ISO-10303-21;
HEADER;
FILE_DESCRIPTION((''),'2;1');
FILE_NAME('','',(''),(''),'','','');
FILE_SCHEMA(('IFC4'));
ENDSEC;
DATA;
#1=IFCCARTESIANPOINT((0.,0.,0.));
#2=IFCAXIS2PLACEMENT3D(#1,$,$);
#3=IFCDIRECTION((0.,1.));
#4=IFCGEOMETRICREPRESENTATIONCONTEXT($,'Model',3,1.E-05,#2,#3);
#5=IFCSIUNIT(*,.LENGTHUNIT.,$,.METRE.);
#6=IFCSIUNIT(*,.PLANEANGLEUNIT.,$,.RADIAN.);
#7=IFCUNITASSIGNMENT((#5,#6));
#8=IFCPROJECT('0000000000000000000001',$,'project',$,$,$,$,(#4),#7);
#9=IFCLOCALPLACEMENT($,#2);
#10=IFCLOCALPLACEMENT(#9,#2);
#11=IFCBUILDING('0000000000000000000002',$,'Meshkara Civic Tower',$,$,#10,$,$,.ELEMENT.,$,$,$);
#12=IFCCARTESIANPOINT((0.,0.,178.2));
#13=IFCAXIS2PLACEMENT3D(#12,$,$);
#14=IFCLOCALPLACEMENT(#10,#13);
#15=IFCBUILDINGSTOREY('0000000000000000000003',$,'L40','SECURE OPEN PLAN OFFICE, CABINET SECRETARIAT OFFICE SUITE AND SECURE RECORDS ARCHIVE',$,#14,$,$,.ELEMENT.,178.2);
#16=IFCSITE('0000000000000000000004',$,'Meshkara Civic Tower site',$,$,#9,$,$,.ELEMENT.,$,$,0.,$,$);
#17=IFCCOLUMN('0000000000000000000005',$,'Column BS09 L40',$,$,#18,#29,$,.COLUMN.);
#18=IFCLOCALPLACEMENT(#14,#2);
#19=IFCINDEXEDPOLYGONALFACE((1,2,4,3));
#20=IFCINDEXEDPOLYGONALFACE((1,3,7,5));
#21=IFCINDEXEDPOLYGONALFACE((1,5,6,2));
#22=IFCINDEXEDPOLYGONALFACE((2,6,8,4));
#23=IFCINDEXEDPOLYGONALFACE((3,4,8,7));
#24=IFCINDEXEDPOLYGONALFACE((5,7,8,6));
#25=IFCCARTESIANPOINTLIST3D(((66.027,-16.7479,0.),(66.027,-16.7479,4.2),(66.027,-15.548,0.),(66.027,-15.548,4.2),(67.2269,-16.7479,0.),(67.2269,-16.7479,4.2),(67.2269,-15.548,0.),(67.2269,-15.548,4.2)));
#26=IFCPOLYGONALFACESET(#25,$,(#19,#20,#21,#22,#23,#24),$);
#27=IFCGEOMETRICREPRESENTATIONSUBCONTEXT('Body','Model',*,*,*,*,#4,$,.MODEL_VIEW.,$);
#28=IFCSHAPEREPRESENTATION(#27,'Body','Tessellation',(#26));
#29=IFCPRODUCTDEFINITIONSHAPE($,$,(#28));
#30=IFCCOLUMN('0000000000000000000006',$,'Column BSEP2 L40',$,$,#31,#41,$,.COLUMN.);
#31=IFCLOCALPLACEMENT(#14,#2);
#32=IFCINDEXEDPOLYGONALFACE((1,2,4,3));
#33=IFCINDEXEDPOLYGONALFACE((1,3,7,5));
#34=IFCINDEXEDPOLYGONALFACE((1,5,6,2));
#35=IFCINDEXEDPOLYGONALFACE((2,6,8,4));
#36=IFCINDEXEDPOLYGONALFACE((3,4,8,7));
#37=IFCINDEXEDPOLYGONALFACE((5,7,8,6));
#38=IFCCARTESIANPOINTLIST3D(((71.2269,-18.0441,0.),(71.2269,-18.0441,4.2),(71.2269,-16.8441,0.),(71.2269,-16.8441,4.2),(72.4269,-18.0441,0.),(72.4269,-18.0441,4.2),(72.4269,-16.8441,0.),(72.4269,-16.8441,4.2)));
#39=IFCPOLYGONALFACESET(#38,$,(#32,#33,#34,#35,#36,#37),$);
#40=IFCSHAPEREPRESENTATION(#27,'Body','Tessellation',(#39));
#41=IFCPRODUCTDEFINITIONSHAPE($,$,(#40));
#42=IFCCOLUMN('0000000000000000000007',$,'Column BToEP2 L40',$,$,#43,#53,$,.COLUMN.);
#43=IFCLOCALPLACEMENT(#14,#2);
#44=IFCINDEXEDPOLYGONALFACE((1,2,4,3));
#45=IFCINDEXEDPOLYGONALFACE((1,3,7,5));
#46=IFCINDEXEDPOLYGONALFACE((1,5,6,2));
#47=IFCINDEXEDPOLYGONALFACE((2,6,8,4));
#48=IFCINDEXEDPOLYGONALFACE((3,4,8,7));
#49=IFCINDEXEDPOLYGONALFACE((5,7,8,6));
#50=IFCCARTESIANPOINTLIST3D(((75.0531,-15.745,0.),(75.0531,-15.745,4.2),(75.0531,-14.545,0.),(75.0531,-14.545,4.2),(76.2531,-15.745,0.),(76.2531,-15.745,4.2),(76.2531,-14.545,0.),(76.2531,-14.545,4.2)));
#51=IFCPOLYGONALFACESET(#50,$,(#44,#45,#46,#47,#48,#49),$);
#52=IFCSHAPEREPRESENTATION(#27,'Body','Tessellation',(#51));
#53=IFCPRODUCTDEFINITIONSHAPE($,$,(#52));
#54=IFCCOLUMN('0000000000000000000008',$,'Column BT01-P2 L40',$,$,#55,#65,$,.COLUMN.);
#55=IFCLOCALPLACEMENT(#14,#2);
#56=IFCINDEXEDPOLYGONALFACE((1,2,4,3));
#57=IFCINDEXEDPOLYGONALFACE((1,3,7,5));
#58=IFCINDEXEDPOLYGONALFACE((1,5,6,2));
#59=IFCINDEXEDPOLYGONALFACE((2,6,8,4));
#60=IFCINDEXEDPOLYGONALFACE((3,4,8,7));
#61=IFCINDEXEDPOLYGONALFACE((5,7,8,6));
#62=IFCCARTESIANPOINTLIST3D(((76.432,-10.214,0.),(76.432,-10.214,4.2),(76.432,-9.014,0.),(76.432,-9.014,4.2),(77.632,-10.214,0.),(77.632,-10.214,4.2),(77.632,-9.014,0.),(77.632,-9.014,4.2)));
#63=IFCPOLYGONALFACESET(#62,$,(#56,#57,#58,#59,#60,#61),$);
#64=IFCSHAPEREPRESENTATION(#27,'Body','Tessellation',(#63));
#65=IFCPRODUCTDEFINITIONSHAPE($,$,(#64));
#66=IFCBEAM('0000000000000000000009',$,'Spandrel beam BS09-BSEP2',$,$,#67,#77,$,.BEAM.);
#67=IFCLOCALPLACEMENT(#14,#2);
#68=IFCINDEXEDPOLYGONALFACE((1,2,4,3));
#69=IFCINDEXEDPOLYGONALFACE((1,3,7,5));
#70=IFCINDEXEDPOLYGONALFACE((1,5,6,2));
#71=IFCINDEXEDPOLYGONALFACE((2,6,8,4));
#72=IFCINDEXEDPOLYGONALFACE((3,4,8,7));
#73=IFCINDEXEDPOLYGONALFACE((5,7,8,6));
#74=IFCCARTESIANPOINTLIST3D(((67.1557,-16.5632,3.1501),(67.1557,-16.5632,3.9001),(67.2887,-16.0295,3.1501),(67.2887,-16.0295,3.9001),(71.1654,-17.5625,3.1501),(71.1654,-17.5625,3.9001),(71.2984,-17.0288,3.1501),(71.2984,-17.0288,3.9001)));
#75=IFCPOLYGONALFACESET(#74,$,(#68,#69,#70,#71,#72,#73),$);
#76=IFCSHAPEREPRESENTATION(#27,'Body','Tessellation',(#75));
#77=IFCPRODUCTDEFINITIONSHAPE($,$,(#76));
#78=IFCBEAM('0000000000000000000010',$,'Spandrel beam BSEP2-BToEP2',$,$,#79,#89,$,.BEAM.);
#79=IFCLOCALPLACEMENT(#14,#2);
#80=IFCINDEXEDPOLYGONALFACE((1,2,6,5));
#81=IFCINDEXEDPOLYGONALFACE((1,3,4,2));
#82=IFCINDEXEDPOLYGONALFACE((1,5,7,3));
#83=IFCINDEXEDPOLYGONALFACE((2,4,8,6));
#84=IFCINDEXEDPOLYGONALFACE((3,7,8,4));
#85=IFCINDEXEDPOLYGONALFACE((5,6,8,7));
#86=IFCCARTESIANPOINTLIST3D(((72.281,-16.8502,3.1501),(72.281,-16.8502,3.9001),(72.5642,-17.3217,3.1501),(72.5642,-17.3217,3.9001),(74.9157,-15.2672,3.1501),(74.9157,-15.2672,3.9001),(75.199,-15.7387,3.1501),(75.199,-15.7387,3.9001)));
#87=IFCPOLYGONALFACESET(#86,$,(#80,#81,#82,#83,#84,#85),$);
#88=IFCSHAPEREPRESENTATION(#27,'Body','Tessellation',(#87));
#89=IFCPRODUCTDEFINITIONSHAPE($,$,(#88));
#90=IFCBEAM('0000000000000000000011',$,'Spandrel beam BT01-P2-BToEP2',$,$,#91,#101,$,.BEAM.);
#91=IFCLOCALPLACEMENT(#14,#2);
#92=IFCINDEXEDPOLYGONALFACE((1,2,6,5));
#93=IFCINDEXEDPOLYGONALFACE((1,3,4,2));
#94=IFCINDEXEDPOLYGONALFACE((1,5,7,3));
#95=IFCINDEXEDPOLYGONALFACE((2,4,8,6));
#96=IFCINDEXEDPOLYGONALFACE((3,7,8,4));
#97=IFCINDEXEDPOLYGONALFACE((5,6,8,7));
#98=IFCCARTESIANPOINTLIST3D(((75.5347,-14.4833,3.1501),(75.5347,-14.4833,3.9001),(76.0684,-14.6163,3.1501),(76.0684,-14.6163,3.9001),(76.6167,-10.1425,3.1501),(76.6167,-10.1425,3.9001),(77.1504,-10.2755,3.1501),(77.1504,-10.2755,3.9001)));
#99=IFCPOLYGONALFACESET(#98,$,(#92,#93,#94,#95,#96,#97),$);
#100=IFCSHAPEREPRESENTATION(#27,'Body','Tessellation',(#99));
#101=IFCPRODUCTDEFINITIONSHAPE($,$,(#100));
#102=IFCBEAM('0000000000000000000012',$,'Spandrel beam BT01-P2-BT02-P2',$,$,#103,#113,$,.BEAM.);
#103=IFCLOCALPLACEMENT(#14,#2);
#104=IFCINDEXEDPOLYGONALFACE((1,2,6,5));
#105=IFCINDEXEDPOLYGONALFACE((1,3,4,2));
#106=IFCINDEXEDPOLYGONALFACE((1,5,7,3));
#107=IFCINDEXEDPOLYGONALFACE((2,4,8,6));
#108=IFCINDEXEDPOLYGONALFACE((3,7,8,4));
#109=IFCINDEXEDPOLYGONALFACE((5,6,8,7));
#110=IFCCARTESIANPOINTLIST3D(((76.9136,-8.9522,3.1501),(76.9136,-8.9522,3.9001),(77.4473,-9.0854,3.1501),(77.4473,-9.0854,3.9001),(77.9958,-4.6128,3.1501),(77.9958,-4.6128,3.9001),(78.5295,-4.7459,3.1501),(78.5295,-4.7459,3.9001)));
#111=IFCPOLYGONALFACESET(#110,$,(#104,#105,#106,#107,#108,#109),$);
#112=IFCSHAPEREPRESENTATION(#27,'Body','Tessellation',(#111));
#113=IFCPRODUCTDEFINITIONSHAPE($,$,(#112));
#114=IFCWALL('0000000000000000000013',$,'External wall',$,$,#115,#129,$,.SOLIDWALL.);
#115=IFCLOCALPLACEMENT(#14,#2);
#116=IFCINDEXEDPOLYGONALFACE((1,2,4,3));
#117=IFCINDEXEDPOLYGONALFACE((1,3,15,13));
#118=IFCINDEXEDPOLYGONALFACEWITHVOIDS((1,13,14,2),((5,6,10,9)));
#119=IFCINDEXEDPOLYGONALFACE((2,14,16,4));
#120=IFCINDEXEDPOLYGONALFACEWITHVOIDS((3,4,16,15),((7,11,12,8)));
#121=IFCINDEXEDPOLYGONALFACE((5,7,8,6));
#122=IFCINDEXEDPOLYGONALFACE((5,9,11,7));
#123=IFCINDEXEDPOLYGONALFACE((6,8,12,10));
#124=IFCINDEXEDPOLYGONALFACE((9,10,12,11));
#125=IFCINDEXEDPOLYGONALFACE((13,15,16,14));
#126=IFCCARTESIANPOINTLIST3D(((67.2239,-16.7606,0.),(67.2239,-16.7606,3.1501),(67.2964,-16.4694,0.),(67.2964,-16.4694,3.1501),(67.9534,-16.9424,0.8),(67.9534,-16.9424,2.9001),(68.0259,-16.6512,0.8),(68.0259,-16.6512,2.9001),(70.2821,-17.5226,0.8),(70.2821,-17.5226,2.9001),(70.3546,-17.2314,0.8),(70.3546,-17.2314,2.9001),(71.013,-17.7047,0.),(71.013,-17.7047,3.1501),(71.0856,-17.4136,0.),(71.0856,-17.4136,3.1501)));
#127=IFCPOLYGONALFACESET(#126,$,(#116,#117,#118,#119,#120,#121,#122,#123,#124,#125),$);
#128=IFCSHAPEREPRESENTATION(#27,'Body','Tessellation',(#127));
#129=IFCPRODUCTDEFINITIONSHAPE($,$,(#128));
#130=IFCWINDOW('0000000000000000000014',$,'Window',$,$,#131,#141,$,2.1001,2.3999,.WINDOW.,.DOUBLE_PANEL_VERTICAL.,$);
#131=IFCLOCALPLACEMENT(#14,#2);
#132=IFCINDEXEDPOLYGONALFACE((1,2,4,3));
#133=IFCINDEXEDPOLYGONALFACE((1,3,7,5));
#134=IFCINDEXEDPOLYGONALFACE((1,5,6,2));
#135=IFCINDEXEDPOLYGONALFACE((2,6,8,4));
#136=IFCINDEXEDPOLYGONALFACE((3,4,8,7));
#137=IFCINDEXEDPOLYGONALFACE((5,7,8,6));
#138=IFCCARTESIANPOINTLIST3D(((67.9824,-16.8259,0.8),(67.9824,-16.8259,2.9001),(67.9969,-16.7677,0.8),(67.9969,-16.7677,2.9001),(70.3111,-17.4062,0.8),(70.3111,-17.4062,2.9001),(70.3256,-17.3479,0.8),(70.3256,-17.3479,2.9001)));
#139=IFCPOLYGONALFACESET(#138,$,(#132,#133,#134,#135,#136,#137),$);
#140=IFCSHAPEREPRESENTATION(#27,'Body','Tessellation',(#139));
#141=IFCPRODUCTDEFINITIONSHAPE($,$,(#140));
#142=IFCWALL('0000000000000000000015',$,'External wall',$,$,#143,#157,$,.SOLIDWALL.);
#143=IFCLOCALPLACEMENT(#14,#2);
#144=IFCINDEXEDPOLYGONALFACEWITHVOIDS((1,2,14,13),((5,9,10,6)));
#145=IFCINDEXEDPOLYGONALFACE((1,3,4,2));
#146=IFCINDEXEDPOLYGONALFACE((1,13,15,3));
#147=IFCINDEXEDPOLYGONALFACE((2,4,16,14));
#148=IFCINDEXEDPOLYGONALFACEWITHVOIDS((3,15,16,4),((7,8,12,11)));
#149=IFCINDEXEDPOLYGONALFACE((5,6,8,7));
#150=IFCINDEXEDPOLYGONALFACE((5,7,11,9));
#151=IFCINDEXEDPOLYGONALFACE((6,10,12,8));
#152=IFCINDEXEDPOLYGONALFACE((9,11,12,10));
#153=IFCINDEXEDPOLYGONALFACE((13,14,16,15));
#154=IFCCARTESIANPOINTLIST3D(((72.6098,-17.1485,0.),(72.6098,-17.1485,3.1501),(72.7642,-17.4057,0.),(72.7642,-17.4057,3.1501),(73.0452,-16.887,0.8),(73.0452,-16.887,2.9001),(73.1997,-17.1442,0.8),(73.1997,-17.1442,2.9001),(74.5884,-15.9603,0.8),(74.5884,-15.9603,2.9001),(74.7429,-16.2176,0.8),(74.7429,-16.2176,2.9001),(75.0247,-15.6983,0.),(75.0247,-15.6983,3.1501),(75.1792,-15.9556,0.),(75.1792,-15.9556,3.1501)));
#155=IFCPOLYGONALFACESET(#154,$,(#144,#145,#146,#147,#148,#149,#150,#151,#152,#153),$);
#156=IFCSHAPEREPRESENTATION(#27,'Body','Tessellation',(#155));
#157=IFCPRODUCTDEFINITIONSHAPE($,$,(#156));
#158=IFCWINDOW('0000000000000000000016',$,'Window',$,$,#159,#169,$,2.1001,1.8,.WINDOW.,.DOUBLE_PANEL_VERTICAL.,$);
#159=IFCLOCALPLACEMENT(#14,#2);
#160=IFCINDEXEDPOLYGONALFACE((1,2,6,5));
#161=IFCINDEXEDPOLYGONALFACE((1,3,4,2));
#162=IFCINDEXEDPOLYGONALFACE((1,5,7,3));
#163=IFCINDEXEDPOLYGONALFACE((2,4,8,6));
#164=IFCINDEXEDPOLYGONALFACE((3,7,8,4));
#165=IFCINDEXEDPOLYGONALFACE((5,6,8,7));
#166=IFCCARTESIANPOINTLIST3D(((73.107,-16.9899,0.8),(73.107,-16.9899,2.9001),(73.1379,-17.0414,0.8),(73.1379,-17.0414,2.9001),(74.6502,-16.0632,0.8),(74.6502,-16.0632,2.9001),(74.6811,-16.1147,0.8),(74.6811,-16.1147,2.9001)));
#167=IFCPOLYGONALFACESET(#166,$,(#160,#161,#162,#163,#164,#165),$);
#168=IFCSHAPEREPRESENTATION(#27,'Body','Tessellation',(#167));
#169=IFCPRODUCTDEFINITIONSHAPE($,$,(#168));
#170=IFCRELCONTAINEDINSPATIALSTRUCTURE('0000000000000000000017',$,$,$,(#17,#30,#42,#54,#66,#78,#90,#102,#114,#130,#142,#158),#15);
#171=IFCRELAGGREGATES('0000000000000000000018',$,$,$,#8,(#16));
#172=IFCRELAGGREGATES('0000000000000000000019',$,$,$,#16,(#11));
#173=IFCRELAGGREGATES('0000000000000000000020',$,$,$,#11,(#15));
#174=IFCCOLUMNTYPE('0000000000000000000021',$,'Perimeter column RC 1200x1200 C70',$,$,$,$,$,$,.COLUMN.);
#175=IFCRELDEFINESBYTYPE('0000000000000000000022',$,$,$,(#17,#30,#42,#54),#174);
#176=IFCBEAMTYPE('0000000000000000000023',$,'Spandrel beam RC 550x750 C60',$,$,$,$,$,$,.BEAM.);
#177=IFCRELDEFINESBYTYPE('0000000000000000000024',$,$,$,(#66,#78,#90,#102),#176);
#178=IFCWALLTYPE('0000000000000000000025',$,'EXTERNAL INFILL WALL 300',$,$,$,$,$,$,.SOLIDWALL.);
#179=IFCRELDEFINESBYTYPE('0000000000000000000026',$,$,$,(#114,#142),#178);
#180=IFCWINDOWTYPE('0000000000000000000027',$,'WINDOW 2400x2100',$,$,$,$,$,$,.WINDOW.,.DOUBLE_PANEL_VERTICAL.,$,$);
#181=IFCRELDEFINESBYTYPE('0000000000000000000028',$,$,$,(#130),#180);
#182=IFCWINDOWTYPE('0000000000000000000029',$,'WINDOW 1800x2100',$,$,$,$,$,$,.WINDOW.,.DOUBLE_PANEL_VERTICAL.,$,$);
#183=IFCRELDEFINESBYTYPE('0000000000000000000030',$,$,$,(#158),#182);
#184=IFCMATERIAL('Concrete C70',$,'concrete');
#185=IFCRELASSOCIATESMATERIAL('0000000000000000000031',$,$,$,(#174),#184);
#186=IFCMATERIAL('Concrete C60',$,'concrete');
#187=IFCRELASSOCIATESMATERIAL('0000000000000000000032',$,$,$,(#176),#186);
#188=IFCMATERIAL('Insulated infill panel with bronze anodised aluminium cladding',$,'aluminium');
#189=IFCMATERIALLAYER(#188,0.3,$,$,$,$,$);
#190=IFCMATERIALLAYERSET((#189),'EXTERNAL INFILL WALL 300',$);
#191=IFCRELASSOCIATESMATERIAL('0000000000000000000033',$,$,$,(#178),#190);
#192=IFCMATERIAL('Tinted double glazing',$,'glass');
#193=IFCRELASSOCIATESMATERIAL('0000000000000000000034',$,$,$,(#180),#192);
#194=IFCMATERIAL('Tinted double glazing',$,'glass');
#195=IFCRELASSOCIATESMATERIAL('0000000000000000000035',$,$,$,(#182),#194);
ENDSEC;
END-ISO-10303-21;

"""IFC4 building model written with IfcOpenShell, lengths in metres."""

from ifc_helpers import new_model, si_unit, direction, frame, frame_2d, origin, origin_2d, place, context, subcontext, project, spatial, rectangle, extrude, material, layer, layer_set, material_profile, profile_set, type_object, element, fill, save


model = new_model("IFC4")

# Units and contexts
model_context = context("Model", 3, precision=1e-05, world=origin(), true_north=direction((0.0, 1.0)))
body_context = subcontext(model_context, "Body", "Model", "MODEL_VIEW")
ifc_project = project(units=[si_unit("LENGTHUNIT", "METRE"), si_unit("PLANEANGLEUNIT", "RADIAN")], contexts=[model_context])

# Site, building, storey
site_placement = place(None, origin())
site = spatial("IfcSite", under=ifc_project, at=site_placement, Name="Meshkara Civic Tower site", CompositionType="ELEMENT", RefElevation=0.0)
building_placement = place(site_placement, origin())
building = spatial("IfcBuilding", under=site, at=building_placement, Name="Meshkara Civic Tower", CompositionType="ELEMENT")
storey_placement = place(building_placement, frame((0.0, 0.0, 178.2)))
storey = spatial("IfcBuildingStorey", under=building, at=storey_placement, Name="L40", Description="SECURE OPEN PLAN OFFICE, CABINET SECRETARIAT OFFICE SUITE AND SECURE RECORDS ARCHIVE", CompositionType="ELEMENT", Elevation=178.2)

# Columns
ifc_material_1 = material(Name="Concrete C70", Category="concrete")
ifc_material_profile_1 = material_profile(ifc_material_1, rectangle(XDim=1.2, YDim=1.2, at=origin_2d()))
ifc_profile_set_1 = profile_set([ifc_material_profile_1], Name="Concrete C70")
column_type = type_object("IfcColumnType", Name="Perimeter column RC 1200x1200 C70", PredefinedType="COLUMN", material=ifc_profile_set_1)
for number, where, z_axis, x_axis, name in (
    (1, (66.627, -16.1479, 0.0), (0.0, 0.0, 1.0), (1.0, 0.0, 0.0), "Column BS09 L40"),
    (2, (71.8269, -17.4441, 0.0), (0.0, 0.0, 1.0), (1.0, 0.0, 0.0), "Column BSEP2 L40"),
    (3, (75.6531, -15.145, 0.0), (0.0, 0.0, 1.0), (1.0, 0.0, 0.0), "Column BToEP2 L40"),
    (4, (77.032, -9.614, 0.0), (0.0, 0.0, 1.0), (1.0, 0.0, 0.0), "Column BT01-P2 L40"),
):
    element("IfcColumn", number, at=place(storey_placement, frame(where, z_axis=z_axis, x_axis=x_axis)), inside=storey, type_object=column_type, Name=name, PredefinedType="COLUMN", context=body_context, shape_type="SweptSolid", body=[
        extrude(rectangle(XDim=1.2, YDim=1.2, at=origin_2d()), origin(), (0.0, 0.0, 1.0), 4.2),
    ])

# Beams
ifc_material_2 = material(Name="Concrete C60", Category="concrete")
ifc_material_profile_2 = material_profile(ifc_material_2, rectangle(XDim=0.55, YDim=0.75, at=origin_2d()))
ifc_profile_set_2 = profile_set([ifc_material_profile_2], Name="Concrete C60")
beam_type = type_object("IfcBeamType", Name="Spandrel beam RC 550x750 C60", PredefinedType="BEAM", material=ifc_profile_set_2)
beam_1_placement = place(storey_placement, frame((67.2222, -16.2964, 3.5251), z_axis=(0.970323, -0.241813, 0.0), x_axis=(0.241813, 0.970323, 0.0)))
element("IfcBeam", 5, at=beam_1_placement, inside=storey, type_object=beam_type, Name="Spandrel beam BS09-BSEP2", PredefinedType="BEAM", context=body_context, shape_type="SweptSolid", body=[
    extrude(rectangle(XDim=0.55, YDim=0.75, at=origin_2d()), origin(), (0.0, 0.0, 1.0), 4.1323),
])
beam_2_placement = place(storey_placement, frame((72.4226, -17.0859, 3.5251), z_axis=(0.857184, 0.51501, 0.0), x_axis=(-0.51501, 0.857184, 0.0)))
element("IfcBeam", 6, at=beam_2_placement, inside=storey, type_object=beam_type, Name="Spandrel beam BSEP2-BToEP2", PredefinedType="BEAM", context=body_context, shape_type="SweptSolid", body=[
    extrude(rectangle(XDim=0.55, YDim=0.75, at=origin_2d()), origin(), (0.0, 0.0, 1.0), 3.0737),
])
beam_3_placement = place(storey_placement, frame((75.8015, -14.5498, 3.5251), z_axis=(0.241868, 0.970309, 0.0), x_axis=(-0.970309, 0.241868, 0.0)))
element("IfcBeam", 7, at=beam_3_placement, inside=storey, type_object=beam_type, Name="Spandrel beam BT01-P2-BToEP2", PredefinedType="BEAM", context=body_context, shape_type="SweptSolid", body=[
    extrude(rectangle(XDim=0.55, YDim=0.75, at=origin_2d()), origin(), (0.0, 0.0, 1.0), 4.4736),
])
beam_4_placement = place(storey_placement, frame((77.1804, -9.0188, 3.5251), z_axis=(0.241983, 0.97028, 0.0), x_axis=(-0.97028, 0.241983, 0.0)))
element("IfcBeam", 8, at=beam_4_placement, inside=storey, type_object=beam_type, Name="Spandrel beam BT01-P2-BT02-P2", PredefinedType="BEAM", context=body_context, shape_type="SweptSolid", body=[
    extrude(rectangle(XDim=0.55, YDim=0.75, at=origin_2d()), origin(), (0.0, 0.0, 1.0), 4.4724),
])

# Walls, openings, windows
ifc_material_3 = material(Name="Insulated infill panel with bronze anodised aluminium cladding", Category="aluminium")
ifc_layer_1 = layer(ifc_material_3, 0.3)
ifc_layer_set_1 = layer_set([ifc_layer_1], Name="EXTERNAL INFILL WALL 300")
wall_type_1 = type_object("IfcWallType", Name="EXTERNAL INFILL WALL 300", PredefinedType="SOLIDWALL", material=ifc_layer_set_1)
wall_1_placement = place(storey_placement, frame((67.26, -16.615, 0.0), z_axis=(0.0, 0.0, 1.0), x_axis=(0.970333, -0.241771, 0.0)))
wall_1 = element("IfcWall", 9, at=wall_1_placement, inside=storey, type_object=wall_type_1, Name="External wall", PredefinedType="SOLIDWALL", context=body_context, shape_type="SweptSolid", body=[
    extrude(rectangle(XDim=3.905, YDim=0.3, at=frame_2d((1.9526, 0.0))), origin(), (0.0, 0.0, 1.0), 3.1501),
])
opening_1_placement = place(wall_1_placement, frame((0.752, 0.0, 0.8)))
opening_1 = element("IfcOpeningElement", 10, at=opening_1_placement, cuts=wall_1, PredefinedType="OPENING", context=body_context, shape_type="SweptSolid", body=[
    extrude(rectangle(XDim=2.3999, YDim=2.1001, at=frame_2d((1.2, 1.05))), frame((0.0, 0.1599, 0.0), z_axis=(0.0, -1.0, 0.0), x_axis=(1.0, 0.0, 0.0)), (0.0, 0.0, 1.0), 0.3201),
])
ifc_material_4 = material(Name="Tinted double glazing", Category="glass")
window_type_1 = type_object("IfcWindowType", Name="WINDOW 2400x2100", PartitioningType="DOUBLE_PANEL_VERTICAL", PredefinedType="WINDOW", material=ifc_material_4)
window_1_placement = place(opening_1_placement, origin())
window_1 = element("IfcWindow", 11, at=window_1_placement, inside=storey, type_object=window_type_1, Name="Window", OverallHeight=2.1001, OverallWidth=2.3999, PartitioningType="DOUBLE_PANEL_VERTICAL", PredefinedType="WINDOW", context=body_context, shape_type="SweptSolid", body=[
    extrude(rectangle(XDim=2.3999, YDim=2.1001, at=frame_2d((1.2, 1.05))), frame((0.0, 0.03, 0.0), z_axis=(0.0, -1.0, 0.0), x_axis=(1.0, 0.0, 0.0)), (0.0, 0.0, 1.0), 0.0601),
])
fill(opening_1, window_1)
wall_2_placement = place(storey_placement, frame((72.687, -17.2771, 0.0), z_axis=(0.0, 0.0, 1.0), x_axis=(0.857309, 0.514802, 0.0)))
wall_2 = element("IfcWall", 12, at=wall_2_placement, inside=storey, type_object=wall_type_1, Name="External wall", PredefinedType="SOLIDWALL", context=body_context, shape_type="SweptSolid", body=[
    extrude(rectangle(XDim=2.8169, YDim=0.3, at=frame_2d((1.4084, 0.0))), origin(), (0.0, 0.0, 1.0), 3.1501),
])
opening_2_placement = place(wall_2_placement, frame((0.5081, 0.0, 0.8)))
opening_2 = element("IfcOpeningElement", 13, at=opening_2_placement, cuts=wall_2, PredefinedType="OPENING", context=body_context, shape_type="SweptSolid", body=[
    extrude(rectangle(XDim=1.8, YDim=2.1001, at=frame_2d((0.8999, 1.05))), frame((0.0, 0.1599, 0.0), z_axis=(0.0, -1.0, 0.0), x_axis=(1.0, 0.0, 0.0)), (0.0, 0.0, 1.0), 0.3201),
])
ifc_material_5 = material(Name="Tinted double glazing", Category="glass")
window_type_2 = type_object("IfcWindowType", Name="WINDOW 1800x2100", PartitioningType="DOUBLE_PANEL_VERTICAL", PredefinedType="WINDOW", material=ifc_material_5)
window_2_placement = place(opening_2_placement, origin())
window_2 = element("IfcWindow", 14, at=window_2_placement, inside=storey, type_object=window_type_2, Name="Window", OverallHeight=2.1001, OverallWidth=1.8, PartitioningType="DOUBLE_PANEL_VERTICAL", PredefinedType="WINDOW", context=body_context, shape_type="SweptSolid", body=[
    extrude(rectangle(XDim=1.8, YDim=2.1001, at=frame_2d((0.8999, 1.05))), frame((0.0, 0.03, 0.0), z_axis=(0.0, -1.0, 0.0), x_axis=(1.0, 0.0, 0.0)), (0.0, 0.0, 1.0), 0.0601),
])
fill(opening_2, window_2)

save(model, "model.ifc")
